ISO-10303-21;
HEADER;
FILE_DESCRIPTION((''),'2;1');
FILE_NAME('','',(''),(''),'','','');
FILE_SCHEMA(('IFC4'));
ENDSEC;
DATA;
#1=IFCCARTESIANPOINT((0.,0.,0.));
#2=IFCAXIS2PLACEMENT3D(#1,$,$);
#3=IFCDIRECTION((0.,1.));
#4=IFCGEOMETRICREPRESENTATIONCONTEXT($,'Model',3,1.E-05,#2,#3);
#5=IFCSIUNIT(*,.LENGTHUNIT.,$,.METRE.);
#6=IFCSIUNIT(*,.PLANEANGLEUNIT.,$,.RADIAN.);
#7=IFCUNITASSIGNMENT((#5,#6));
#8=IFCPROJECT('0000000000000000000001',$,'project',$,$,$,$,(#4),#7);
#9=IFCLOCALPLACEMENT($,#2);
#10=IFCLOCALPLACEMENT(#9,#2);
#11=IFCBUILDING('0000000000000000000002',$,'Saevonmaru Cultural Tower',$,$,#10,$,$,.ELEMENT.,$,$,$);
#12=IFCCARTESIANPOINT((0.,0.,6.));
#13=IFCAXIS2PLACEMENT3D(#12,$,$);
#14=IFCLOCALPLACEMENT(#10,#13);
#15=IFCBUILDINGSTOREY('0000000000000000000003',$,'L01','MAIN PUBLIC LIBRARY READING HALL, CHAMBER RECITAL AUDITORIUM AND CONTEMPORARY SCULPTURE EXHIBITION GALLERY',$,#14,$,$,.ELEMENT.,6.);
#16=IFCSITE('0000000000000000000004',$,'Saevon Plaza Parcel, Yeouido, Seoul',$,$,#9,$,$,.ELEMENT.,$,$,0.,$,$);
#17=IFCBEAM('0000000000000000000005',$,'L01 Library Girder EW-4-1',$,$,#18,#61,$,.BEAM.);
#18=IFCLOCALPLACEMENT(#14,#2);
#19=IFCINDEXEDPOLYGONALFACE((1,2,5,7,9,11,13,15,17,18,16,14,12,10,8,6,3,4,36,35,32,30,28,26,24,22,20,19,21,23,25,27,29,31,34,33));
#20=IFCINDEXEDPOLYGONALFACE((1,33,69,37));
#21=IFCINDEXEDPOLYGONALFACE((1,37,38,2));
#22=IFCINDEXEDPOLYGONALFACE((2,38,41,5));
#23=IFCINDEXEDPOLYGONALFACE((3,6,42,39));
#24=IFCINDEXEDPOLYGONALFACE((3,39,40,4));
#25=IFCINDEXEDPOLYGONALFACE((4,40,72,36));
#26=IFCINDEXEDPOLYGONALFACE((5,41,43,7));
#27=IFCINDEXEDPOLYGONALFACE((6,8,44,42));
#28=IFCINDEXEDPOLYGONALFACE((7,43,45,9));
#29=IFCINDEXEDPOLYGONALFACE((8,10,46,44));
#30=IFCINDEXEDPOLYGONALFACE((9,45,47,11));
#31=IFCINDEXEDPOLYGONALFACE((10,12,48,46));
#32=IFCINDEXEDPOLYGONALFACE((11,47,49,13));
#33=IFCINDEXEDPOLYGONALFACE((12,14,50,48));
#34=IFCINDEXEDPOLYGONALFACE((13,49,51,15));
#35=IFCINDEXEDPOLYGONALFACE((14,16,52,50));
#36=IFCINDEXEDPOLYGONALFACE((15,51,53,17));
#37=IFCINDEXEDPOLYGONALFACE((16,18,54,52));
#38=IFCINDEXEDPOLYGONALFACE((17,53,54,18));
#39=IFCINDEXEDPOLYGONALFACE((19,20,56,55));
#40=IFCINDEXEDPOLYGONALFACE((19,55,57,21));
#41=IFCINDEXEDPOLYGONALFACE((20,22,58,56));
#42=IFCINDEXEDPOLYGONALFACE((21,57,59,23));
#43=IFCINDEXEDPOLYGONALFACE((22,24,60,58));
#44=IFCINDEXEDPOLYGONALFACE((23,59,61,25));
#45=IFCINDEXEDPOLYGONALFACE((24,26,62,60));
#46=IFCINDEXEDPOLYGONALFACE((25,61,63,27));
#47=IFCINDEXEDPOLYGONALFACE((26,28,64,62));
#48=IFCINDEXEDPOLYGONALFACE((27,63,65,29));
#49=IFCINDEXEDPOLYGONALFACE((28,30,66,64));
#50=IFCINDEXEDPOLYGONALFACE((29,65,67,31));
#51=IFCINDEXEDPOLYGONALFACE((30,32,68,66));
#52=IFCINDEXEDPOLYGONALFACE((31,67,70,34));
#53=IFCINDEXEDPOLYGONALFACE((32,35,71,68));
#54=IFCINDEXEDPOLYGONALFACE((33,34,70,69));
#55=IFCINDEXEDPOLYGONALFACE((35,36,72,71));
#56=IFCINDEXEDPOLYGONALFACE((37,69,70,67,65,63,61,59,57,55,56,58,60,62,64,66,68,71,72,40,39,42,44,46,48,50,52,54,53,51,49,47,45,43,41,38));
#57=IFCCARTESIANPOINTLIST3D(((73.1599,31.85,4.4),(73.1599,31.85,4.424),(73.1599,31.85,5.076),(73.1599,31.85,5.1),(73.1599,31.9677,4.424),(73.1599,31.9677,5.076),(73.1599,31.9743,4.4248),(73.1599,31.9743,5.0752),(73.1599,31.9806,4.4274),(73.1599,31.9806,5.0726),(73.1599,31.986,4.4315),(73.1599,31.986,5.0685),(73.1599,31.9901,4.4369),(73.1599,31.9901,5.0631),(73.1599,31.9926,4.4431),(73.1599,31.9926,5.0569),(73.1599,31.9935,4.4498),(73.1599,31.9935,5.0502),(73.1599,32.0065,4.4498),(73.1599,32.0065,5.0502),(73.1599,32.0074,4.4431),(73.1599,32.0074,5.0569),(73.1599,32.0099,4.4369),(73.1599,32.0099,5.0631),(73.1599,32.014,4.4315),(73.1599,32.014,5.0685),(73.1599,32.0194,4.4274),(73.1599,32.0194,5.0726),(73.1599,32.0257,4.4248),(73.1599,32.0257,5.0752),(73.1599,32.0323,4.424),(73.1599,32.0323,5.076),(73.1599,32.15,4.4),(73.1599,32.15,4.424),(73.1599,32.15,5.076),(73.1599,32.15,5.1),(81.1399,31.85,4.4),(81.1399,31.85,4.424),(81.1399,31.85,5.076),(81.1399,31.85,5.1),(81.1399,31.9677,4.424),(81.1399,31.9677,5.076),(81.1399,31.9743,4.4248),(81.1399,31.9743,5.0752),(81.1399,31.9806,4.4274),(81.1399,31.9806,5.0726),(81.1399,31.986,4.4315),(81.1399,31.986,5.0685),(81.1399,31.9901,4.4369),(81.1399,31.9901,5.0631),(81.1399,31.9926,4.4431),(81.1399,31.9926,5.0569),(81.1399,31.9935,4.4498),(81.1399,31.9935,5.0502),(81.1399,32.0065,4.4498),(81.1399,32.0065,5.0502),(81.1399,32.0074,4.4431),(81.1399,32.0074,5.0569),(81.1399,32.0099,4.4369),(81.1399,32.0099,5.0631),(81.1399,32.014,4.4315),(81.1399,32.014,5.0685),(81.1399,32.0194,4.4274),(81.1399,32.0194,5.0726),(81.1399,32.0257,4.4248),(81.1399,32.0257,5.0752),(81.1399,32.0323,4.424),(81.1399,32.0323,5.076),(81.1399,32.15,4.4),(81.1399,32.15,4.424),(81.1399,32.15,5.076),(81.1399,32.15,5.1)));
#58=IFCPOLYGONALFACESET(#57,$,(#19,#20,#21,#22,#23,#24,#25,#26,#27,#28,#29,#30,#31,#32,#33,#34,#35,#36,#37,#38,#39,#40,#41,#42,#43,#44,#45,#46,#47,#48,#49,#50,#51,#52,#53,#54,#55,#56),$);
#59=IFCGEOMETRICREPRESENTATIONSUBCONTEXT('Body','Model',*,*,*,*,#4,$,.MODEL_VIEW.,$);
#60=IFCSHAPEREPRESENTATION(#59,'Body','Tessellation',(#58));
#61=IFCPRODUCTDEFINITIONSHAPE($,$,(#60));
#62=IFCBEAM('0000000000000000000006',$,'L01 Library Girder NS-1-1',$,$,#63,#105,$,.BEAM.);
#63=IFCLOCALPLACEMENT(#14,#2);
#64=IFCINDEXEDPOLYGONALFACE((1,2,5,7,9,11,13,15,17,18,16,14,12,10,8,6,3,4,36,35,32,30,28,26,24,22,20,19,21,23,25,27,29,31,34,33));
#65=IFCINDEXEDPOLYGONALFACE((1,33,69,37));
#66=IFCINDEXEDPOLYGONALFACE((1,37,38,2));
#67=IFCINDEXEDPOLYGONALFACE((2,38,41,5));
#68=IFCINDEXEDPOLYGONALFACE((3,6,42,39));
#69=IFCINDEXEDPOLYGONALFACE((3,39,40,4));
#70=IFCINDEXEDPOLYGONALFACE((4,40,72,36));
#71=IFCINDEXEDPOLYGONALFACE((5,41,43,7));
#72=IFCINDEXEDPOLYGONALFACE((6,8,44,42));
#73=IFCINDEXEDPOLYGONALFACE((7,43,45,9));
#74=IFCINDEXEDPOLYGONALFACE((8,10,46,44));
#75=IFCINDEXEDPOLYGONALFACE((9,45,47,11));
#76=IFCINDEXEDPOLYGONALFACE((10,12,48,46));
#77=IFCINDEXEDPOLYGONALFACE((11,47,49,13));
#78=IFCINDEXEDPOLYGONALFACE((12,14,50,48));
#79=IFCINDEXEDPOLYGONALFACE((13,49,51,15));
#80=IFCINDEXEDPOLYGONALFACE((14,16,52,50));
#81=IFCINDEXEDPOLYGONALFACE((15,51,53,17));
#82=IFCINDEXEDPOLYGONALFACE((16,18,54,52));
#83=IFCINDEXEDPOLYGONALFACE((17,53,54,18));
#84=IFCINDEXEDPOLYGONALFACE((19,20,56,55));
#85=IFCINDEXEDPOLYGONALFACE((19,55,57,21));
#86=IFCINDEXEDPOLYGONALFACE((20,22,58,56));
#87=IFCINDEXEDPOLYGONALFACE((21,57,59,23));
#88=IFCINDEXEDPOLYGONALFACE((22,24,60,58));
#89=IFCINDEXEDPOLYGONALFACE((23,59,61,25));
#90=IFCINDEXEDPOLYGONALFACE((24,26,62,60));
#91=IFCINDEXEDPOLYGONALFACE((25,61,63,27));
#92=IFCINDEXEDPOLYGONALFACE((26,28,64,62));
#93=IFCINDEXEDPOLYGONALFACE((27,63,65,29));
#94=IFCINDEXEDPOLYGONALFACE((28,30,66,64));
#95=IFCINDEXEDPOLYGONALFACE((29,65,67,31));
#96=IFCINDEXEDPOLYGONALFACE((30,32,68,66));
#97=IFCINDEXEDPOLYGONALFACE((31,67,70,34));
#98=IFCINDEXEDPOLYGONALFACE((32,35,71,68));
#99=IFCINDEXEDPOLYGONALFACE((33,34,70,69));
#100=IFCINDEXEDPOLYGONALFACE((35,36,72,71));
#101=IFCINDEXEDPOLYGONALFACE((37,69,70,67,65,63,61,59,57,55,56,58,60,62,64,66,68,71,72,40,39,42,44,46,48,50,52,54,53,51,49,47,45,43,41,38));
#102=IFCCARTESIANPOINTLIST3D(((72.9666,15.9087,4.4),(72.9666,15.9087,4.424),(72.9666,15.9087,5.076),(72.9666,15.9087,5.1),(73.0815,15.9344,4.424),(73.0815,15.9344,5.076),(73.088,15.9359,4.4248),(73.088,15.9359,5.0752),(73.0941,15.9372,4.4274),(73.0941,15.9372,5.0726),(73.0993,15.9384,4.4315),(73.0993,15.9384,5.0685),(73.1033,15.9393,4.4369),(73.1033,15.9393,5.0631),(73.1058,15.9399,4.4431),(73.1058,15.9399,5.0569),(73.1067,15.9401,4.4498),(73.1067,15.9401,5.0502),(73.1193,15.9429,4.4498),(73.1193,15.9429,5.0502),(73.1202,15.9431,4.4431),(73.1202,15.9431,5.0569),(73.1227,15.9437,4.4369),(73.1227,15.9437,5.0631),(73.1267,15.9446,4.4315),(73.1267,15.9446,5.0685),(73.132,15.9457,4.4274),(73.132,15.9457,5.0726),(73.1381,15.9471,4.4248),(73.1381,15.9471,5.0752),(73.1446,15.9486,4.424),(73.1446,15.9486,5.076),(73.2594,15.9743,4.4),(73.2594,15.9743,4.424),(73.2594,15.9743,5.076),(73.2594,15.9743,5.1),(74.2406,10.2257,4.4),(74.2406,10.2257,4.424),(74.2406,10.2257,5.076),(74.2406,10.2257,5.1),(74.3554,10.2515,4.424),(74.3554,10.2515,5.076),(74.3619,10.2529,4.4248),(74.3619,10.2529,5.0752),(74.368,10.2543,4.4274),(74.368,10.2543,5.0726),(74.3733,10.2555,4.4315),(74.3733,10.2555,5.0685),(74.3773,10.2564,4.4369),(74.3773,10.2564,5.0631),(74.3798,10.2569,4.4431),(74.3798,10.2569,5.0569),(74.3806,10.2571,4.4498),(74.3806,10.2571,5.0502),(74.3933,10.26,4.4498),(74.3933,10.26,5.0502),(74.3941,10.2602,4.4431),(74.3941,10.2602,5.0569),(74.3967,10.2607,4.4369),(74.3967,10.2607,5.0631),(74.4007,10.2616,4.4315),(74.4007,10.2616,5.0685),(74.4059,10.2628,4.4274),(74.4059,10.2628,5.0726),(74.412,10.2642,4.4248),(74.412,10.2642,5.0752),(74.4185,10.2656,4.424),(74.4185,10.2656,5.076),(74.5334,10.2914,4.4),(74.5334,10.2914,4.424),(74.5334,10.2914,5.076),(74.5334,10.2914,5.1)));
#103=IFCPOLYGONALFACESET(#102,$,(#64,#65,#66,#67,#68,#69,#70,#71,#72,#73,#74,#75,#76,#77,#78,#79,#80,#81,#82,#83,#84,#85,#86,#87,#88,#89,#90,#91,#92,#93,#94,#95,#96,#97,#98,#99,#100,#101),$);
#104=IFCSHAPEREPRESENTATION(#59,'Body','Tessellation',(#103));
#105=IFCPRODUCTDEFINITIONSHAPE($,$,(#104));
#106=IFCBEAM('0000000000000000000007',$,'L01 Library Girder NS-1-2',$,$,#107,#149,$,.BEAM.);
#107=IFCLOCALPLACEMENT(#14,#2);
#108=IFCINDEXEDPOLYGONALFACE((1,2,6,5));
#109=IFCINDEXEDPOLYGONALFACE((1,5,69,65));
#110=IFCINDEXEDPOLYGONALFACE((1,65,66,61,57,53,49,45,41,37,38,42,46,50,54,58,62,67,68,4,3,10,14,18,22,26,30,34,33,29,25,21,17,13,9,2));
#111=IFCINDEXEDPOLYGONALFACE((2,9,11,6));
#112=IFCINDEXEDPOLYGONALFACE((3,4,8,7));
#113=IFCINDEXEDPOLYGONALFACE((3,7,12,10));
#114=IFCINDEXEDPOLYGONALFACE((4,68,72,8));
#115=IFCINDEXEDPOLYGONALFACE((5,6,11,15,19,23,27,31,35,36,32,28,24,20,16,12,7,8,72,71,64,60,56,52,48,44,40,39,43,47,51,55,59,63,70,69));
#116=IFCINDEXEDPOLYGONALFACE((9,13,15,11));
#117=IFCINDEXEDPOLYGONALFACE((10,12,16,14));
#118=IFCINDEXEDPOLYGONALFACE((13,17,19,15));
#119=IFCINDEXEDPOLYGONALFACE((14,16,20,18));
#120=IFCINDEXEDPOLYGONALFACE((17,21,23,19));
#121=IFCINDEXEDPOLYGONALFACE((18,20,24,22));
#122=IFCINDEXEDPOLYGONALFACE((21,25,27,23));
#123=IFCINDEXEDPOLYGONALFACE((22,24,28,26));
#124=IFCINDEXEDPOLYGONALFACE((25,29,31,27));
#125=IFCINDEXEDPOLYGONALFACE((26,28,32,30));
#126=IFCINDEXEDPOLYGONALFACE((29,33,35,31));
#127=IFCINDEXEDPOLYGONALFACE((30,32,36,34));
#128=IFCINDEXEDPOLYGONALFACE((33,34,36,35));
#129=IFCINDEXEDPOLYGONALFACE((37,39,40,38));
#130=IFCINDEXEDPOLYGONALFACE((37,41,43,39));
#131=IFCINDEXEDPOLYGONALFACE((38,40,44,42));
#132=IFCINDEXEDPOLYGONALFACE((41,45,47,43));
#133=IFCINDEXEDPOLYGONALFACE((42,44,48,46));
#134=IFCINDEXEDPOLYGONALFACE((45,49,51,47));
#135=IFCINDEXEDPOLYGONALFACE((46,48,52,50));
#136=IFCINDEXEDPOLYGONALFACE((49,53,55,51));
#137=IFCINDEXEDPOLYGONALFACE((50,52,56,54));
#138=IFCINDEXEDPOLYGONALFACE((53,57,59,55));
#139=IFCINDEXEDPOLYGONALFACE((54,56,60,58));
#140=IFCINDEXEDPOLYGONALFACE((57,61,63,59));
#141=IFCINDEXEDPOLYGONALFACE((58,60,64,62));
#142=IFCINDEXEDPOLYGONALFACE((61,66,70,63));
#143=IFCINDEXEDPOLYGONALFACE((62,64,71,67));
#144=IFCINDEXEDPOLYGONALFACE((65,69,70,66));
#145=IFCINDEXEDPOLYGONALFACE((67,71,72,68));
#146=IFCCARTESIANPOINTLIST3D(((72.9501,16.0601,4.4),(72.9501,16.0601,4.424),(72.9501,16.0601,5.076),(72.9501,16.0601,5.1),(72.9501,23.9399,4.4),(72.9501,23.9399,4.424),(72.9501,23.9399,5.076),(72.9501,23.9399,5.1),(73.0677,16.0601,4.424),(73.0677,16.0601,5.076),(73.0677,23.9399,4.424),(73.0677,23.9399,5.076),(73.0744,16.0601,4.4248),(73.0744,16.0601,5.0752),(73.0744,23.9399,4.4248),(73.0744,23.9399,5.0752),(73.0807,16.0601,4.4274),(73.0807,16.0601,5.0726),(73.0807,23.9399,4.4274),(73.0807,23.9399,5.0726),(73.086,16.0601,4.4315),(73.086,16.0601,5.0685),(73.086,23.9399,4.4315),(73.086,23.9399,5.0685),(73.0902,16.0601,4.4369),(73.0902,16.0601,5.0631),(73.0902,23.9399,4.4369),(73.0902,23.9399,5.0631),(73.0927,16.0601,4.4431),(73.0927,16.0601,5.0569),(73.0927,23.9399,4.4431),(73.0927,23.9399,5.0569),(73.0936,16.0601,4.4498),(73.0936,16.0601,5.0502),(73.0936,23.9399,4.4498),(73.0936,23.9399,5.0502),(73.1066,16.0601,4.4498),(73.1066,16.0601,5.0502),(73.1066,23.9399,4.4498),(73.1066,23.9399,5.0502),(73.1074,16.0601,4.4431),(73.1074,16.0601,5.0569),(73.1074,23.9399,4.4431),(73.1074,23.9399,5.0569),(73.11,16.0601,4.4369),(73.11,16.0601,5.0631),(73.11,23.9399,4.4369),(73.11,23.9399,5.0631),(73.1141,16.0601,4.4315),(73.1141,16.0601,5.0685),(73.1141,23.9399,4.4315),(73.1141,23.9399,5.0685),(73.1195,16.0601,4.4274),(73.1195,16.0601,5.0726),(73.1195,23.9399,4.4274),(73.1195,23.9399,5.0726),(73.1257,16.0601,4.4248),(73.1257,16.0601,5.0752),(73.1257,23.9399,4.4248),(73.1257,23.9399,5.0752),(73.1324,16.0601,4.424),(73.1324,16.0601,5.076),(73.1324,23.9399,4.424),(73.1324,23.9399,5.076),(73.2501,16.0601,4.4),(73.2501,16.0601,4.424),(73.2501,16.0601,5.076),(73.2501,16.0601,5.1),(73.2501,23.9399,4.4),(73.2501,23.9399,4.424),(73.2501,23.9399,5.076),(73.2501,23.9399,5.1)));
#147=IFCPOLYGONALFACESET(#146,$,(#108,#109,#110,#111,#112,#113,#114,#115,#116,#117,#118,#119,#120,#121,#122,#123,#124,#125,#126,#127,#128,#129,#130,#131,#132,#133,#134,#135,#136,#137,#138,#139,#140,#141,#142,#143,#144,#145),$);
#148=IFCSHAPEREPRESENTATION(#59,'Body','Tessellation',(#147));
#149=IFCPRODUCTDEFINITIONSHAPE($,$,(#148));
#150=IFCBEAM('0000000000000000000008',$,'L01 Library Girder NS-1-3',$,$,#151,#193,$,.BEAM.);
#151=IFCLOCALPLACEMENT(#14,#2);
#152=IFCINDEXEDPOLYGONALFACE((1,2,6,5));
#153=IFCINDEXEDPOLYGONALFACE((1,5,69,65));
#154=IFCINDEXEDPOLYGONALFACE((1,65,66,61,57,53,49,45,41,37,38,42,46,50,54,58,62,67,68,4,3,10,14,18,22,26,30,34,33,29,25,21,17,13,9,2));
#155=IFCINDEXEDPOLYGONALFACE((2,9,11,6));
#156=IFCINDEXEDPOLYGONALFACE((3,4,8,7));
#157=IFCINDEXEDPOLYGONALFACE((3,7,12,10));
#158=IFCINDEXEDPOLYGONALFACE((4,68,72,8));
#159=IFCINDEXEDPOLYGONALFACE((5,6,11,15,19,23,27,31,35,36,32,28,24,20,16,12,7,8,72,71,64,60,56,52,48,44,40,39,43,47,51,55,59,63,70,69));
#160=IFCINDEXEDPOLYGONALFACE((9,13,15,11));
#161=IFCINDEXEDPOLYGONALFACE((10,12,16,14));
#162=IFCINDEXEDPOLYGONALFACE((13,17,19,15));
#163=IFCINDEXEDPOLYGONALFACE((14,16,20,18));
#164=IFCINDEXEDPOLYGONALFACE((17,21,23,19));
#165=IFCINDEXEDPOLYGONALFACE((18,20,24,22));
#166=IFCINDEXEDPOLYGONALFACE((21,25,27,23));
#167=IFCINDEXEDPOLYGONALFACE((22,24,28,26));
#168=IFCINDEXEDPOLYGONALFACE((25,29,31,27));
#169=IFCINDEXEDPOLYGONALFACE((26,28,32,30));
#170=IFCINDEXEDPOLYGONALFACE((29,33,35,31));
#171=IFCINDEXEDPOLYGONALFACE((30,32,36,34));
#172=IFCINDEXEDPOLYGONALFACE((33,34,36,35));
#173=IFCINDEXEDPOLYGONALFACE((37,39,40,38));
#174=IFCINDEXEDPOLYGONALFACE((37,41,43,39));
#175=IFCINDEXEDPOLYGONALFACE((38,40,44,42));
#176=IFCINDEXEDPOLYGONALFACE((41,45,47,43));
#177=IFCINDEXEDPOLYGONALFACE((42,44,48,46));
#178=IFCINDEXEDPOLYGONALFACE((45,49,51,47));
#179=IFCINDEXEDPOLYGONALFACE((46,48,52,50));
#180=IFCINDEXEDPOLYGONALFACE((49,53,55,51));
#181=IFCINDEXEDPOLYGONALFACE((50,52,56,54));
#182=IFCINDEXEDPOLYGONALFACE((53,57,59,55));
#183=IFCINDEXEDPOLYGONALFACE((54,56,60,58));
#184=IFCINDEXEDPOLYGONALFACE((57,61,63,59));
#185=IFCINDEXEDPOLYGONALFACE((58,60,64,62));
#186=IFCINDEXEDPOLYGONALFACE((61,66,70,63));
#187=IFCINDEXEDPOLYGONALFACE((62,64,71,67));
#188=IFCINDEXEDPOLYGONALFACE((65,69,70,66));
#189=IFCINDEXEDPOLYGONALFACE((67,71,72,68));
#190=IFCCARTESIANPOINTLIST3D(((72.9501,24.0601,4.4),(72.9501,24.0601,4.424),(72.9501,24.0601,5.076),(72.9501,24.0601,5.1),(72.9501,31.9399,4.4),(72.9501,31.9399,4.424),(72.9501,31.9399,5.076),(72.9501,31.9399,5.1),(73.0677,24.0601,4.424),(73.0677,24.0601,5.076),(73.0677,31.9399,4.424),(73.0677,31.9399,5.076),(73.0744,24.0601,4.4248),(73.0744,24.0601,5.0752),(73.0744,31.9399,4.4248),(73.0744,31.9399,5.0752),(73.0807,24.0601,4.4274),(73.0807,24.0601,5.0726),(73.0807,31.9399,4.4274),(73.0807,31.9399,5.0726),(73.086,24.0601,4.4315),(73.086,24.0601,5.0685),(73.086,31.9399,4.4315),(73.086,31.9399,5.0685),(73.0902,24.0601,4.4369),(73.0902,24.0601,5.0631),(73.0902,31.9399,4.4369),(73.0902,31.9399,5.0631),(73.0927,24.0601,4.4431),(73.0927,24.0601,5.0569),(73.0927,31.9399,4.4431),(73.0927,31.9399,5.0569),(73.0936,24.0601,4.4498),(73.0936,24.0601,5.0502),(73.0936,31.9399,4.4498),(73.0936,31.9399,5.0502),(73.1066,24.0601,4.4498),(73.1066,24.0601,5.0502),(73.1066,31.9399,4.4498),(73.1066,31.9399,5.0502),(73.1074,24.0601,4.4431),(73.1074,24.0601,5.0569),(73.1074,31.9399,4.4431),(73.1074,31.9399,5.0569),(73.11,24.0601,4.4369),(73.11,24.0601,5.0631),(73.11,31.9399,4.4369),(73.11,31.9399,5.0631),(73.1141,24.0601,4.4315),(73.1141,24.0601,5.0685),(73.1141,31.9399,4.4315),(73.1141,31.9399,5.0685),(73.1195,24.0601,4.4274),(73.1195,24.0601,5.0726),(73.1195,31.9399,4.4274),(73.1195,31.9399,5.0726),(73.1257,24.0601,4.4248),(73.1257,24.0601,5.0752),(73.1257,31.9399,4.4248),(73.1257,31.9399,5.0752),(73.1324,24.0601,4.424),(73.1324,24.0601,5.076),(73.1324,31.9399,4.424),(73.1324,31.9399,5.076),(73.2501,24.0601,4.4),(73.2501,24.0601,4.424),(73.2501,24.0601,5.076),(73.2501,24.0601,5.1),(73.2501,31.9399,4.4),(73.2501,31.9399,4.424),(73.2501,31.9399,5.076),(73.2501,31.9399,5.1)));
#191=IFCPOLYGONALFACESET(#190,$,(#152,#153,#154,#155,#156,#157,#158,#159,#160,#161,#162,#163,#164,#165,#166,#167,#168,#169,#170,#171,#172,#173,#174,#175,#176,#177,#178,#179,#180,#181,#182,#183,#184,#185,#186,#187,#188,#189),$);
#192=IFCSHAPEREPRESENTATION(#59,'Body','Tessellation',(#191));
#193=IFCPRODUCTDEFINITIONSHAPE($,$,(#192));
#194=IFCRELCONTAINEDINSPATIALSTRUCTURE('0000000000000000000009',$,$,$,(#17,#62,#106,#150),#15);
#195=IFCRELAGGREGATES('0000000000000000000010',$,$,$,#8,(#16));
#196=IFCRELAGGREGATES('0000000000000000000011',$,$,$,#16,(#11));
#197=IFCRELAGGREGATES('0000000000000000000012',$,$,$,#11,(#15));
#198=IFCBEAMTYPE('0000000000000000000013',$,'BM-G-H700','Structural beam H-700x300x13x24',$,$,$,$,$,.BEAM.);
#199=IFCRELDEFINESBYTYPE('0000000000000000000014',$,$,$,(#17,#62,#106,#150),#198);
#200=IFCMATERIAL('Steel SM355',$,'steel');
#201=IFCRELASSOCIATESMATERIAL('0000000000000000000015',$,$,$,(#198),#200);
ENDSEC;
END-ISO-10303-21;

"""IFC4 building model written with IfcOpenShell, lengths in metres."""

from ifc_helpers import new_model, si_unit, direction, frame, origin, origin_2d, place, context, subcontext, project, spatial, i_section, extrude, material, material_profile, profile_set, type_object, element, save


model = new_model("IFC4")

# Units and contexts
model_context = context("Model", 3, precision=1e-05, world=origin(), true_north=direction((0.0, 1.0)))
body_context = subcontext(model_context, "Body", "Model", "MODEL_VIEW")
ifc_project = project(units=[si_unit("LENGTHUNIT", "METRE"), si_unit("PLANEANGLEUNIT", "RADIAN")], contexts=[model_context])

# Site, building, storey
site_placement = place(None, origin())
site = spatial("IfcSite", under=ifc_project, at=site_placement, Name="Saevon Plaza Parcel, Yeouido, Seoul", CompositionType="ELEMENT", RefElevation=0.0)
building_placement = place(site_placement, origin())
building = spatial("IfcBuilding", under=site, at=building_placement, Name="Saevonmaru Cultural Tower", CompositionType="ELEMENT")
storey_placement = place(building_placement, frame((0.0, 0.0, 6.0)))
storey = spatial("IfcBuildingStorey", under=building, at=storey_placement, Name="L01", Description="MAIN PUBLIC LIBRARY READING HALL, CHAMBER RECITAL AUDITORIUM AND CONTEMPORARY SCULPTURE EXHIBITION GALLERY", CompositionType="ELEMENT", Elevation=6.0)

# Shared definitions
ifc_material_1 = material(Name="Steel SM355", Category="steel")

# Beams
ifc_material_profile_1 = material_profile(ifc_material_1, i_section(OverallWidth=0.3, OverallDepth=0.7, WebThickness=0.0129, FlangeThickness=0.0239, FilletRadius=0.0259, at=origin_2d()), Name="H-700x300x13x24")
ifc_profile_set_1 = profile_set([ifc_material_profile_1], Name="Steel SM355")
beam_type_1 = type_object("IfcBeamType", Name="BM-G-H700", Description="Structural beam H-700x300x13x24", PredefinedType="BEAM", material=ifc_profile_set_1)
for number, where, z_axis, x_axis, name in (
    (1, (73.1599, 32.0, 4.75), (1.0, 0.0, 0.0), (0.0, 1.0, 0.0), "L01 Library Girder EW-4-1"),
):
    element("IfcBeam", number, at=place(storey_placement, frame(where, z_axis=z_axis, x_axis=x_axis)), inside=storey, type_object=beam_type_1, Name=name, PredefinedType="BEAM", context=body_context, shape_type="SweptSolid", body=[
        extrude(i_section(OverallWidth=0.3, OverallDepth=0.7, WebThickness=0.0129, FlangeThickness=0.0239, FilletRadius=0.0259, at=origin_2d()), origin(), (0.0, 0.0, 1.0), 7.98),
    ])
beam_1_placement = place(storey_placement, frame((74.387, 10.2585, 4.75), z_axis=(-0.218741, 0.975783, 0.0), x_axis=(-0.975783, -0.218741, 0.0)))
element("IfcBeam", 2, at=beam_1_placement, inside=storey, type_object=beam_type_1, Name="L01 Library Girder NS-1-1", PredefinedType="BEAM", context=body_context, shape_type="SweptSolid", body=[
    extrude(i_section(OverallWidth=0.3, OverallDepth=0.7, WebThickness=0.0129, FlangeThickness=0.0239, FilletRadius=0.0259, at=origin_2d()), origin(), (0.0, 0.0, 1.0), 5.824),
])
for number, where, z_axis, x_axis, name in (
    (3, (73.1001, 16.0601, 4.75), (0.0, 1.0, 0.0), (-1.0, 0.0, 0.0), "L01 Library Girder NS-1-2"),
    (4, (73.1001, 24.0601, 4.75), (0.0, 1.0, 0.0), (-1.0, 0.0, 0.0), "L01 Library Girder NS-1-3"),
):
    element("IfcBeam", number, at=place(storey_placement, frame(where, z_axis=z_axis, x_axis=x_axis)), inside=storey, type_object=beam_type_1, Name=name, PredefinedType="BEAM", context=body_context, shape_type="SweptSolid", body=[
        extrude(i_section(OverallWidth=0.3, OverallDepth=0.7, WebThickness=0.0129, FlangeThickness=0.0239, FilletRadius=0.0259, at=origin_2d()), origin(), (0.0, 0.0, 1.0), 7.8799),
    ])

save(model, "model.ifc")
